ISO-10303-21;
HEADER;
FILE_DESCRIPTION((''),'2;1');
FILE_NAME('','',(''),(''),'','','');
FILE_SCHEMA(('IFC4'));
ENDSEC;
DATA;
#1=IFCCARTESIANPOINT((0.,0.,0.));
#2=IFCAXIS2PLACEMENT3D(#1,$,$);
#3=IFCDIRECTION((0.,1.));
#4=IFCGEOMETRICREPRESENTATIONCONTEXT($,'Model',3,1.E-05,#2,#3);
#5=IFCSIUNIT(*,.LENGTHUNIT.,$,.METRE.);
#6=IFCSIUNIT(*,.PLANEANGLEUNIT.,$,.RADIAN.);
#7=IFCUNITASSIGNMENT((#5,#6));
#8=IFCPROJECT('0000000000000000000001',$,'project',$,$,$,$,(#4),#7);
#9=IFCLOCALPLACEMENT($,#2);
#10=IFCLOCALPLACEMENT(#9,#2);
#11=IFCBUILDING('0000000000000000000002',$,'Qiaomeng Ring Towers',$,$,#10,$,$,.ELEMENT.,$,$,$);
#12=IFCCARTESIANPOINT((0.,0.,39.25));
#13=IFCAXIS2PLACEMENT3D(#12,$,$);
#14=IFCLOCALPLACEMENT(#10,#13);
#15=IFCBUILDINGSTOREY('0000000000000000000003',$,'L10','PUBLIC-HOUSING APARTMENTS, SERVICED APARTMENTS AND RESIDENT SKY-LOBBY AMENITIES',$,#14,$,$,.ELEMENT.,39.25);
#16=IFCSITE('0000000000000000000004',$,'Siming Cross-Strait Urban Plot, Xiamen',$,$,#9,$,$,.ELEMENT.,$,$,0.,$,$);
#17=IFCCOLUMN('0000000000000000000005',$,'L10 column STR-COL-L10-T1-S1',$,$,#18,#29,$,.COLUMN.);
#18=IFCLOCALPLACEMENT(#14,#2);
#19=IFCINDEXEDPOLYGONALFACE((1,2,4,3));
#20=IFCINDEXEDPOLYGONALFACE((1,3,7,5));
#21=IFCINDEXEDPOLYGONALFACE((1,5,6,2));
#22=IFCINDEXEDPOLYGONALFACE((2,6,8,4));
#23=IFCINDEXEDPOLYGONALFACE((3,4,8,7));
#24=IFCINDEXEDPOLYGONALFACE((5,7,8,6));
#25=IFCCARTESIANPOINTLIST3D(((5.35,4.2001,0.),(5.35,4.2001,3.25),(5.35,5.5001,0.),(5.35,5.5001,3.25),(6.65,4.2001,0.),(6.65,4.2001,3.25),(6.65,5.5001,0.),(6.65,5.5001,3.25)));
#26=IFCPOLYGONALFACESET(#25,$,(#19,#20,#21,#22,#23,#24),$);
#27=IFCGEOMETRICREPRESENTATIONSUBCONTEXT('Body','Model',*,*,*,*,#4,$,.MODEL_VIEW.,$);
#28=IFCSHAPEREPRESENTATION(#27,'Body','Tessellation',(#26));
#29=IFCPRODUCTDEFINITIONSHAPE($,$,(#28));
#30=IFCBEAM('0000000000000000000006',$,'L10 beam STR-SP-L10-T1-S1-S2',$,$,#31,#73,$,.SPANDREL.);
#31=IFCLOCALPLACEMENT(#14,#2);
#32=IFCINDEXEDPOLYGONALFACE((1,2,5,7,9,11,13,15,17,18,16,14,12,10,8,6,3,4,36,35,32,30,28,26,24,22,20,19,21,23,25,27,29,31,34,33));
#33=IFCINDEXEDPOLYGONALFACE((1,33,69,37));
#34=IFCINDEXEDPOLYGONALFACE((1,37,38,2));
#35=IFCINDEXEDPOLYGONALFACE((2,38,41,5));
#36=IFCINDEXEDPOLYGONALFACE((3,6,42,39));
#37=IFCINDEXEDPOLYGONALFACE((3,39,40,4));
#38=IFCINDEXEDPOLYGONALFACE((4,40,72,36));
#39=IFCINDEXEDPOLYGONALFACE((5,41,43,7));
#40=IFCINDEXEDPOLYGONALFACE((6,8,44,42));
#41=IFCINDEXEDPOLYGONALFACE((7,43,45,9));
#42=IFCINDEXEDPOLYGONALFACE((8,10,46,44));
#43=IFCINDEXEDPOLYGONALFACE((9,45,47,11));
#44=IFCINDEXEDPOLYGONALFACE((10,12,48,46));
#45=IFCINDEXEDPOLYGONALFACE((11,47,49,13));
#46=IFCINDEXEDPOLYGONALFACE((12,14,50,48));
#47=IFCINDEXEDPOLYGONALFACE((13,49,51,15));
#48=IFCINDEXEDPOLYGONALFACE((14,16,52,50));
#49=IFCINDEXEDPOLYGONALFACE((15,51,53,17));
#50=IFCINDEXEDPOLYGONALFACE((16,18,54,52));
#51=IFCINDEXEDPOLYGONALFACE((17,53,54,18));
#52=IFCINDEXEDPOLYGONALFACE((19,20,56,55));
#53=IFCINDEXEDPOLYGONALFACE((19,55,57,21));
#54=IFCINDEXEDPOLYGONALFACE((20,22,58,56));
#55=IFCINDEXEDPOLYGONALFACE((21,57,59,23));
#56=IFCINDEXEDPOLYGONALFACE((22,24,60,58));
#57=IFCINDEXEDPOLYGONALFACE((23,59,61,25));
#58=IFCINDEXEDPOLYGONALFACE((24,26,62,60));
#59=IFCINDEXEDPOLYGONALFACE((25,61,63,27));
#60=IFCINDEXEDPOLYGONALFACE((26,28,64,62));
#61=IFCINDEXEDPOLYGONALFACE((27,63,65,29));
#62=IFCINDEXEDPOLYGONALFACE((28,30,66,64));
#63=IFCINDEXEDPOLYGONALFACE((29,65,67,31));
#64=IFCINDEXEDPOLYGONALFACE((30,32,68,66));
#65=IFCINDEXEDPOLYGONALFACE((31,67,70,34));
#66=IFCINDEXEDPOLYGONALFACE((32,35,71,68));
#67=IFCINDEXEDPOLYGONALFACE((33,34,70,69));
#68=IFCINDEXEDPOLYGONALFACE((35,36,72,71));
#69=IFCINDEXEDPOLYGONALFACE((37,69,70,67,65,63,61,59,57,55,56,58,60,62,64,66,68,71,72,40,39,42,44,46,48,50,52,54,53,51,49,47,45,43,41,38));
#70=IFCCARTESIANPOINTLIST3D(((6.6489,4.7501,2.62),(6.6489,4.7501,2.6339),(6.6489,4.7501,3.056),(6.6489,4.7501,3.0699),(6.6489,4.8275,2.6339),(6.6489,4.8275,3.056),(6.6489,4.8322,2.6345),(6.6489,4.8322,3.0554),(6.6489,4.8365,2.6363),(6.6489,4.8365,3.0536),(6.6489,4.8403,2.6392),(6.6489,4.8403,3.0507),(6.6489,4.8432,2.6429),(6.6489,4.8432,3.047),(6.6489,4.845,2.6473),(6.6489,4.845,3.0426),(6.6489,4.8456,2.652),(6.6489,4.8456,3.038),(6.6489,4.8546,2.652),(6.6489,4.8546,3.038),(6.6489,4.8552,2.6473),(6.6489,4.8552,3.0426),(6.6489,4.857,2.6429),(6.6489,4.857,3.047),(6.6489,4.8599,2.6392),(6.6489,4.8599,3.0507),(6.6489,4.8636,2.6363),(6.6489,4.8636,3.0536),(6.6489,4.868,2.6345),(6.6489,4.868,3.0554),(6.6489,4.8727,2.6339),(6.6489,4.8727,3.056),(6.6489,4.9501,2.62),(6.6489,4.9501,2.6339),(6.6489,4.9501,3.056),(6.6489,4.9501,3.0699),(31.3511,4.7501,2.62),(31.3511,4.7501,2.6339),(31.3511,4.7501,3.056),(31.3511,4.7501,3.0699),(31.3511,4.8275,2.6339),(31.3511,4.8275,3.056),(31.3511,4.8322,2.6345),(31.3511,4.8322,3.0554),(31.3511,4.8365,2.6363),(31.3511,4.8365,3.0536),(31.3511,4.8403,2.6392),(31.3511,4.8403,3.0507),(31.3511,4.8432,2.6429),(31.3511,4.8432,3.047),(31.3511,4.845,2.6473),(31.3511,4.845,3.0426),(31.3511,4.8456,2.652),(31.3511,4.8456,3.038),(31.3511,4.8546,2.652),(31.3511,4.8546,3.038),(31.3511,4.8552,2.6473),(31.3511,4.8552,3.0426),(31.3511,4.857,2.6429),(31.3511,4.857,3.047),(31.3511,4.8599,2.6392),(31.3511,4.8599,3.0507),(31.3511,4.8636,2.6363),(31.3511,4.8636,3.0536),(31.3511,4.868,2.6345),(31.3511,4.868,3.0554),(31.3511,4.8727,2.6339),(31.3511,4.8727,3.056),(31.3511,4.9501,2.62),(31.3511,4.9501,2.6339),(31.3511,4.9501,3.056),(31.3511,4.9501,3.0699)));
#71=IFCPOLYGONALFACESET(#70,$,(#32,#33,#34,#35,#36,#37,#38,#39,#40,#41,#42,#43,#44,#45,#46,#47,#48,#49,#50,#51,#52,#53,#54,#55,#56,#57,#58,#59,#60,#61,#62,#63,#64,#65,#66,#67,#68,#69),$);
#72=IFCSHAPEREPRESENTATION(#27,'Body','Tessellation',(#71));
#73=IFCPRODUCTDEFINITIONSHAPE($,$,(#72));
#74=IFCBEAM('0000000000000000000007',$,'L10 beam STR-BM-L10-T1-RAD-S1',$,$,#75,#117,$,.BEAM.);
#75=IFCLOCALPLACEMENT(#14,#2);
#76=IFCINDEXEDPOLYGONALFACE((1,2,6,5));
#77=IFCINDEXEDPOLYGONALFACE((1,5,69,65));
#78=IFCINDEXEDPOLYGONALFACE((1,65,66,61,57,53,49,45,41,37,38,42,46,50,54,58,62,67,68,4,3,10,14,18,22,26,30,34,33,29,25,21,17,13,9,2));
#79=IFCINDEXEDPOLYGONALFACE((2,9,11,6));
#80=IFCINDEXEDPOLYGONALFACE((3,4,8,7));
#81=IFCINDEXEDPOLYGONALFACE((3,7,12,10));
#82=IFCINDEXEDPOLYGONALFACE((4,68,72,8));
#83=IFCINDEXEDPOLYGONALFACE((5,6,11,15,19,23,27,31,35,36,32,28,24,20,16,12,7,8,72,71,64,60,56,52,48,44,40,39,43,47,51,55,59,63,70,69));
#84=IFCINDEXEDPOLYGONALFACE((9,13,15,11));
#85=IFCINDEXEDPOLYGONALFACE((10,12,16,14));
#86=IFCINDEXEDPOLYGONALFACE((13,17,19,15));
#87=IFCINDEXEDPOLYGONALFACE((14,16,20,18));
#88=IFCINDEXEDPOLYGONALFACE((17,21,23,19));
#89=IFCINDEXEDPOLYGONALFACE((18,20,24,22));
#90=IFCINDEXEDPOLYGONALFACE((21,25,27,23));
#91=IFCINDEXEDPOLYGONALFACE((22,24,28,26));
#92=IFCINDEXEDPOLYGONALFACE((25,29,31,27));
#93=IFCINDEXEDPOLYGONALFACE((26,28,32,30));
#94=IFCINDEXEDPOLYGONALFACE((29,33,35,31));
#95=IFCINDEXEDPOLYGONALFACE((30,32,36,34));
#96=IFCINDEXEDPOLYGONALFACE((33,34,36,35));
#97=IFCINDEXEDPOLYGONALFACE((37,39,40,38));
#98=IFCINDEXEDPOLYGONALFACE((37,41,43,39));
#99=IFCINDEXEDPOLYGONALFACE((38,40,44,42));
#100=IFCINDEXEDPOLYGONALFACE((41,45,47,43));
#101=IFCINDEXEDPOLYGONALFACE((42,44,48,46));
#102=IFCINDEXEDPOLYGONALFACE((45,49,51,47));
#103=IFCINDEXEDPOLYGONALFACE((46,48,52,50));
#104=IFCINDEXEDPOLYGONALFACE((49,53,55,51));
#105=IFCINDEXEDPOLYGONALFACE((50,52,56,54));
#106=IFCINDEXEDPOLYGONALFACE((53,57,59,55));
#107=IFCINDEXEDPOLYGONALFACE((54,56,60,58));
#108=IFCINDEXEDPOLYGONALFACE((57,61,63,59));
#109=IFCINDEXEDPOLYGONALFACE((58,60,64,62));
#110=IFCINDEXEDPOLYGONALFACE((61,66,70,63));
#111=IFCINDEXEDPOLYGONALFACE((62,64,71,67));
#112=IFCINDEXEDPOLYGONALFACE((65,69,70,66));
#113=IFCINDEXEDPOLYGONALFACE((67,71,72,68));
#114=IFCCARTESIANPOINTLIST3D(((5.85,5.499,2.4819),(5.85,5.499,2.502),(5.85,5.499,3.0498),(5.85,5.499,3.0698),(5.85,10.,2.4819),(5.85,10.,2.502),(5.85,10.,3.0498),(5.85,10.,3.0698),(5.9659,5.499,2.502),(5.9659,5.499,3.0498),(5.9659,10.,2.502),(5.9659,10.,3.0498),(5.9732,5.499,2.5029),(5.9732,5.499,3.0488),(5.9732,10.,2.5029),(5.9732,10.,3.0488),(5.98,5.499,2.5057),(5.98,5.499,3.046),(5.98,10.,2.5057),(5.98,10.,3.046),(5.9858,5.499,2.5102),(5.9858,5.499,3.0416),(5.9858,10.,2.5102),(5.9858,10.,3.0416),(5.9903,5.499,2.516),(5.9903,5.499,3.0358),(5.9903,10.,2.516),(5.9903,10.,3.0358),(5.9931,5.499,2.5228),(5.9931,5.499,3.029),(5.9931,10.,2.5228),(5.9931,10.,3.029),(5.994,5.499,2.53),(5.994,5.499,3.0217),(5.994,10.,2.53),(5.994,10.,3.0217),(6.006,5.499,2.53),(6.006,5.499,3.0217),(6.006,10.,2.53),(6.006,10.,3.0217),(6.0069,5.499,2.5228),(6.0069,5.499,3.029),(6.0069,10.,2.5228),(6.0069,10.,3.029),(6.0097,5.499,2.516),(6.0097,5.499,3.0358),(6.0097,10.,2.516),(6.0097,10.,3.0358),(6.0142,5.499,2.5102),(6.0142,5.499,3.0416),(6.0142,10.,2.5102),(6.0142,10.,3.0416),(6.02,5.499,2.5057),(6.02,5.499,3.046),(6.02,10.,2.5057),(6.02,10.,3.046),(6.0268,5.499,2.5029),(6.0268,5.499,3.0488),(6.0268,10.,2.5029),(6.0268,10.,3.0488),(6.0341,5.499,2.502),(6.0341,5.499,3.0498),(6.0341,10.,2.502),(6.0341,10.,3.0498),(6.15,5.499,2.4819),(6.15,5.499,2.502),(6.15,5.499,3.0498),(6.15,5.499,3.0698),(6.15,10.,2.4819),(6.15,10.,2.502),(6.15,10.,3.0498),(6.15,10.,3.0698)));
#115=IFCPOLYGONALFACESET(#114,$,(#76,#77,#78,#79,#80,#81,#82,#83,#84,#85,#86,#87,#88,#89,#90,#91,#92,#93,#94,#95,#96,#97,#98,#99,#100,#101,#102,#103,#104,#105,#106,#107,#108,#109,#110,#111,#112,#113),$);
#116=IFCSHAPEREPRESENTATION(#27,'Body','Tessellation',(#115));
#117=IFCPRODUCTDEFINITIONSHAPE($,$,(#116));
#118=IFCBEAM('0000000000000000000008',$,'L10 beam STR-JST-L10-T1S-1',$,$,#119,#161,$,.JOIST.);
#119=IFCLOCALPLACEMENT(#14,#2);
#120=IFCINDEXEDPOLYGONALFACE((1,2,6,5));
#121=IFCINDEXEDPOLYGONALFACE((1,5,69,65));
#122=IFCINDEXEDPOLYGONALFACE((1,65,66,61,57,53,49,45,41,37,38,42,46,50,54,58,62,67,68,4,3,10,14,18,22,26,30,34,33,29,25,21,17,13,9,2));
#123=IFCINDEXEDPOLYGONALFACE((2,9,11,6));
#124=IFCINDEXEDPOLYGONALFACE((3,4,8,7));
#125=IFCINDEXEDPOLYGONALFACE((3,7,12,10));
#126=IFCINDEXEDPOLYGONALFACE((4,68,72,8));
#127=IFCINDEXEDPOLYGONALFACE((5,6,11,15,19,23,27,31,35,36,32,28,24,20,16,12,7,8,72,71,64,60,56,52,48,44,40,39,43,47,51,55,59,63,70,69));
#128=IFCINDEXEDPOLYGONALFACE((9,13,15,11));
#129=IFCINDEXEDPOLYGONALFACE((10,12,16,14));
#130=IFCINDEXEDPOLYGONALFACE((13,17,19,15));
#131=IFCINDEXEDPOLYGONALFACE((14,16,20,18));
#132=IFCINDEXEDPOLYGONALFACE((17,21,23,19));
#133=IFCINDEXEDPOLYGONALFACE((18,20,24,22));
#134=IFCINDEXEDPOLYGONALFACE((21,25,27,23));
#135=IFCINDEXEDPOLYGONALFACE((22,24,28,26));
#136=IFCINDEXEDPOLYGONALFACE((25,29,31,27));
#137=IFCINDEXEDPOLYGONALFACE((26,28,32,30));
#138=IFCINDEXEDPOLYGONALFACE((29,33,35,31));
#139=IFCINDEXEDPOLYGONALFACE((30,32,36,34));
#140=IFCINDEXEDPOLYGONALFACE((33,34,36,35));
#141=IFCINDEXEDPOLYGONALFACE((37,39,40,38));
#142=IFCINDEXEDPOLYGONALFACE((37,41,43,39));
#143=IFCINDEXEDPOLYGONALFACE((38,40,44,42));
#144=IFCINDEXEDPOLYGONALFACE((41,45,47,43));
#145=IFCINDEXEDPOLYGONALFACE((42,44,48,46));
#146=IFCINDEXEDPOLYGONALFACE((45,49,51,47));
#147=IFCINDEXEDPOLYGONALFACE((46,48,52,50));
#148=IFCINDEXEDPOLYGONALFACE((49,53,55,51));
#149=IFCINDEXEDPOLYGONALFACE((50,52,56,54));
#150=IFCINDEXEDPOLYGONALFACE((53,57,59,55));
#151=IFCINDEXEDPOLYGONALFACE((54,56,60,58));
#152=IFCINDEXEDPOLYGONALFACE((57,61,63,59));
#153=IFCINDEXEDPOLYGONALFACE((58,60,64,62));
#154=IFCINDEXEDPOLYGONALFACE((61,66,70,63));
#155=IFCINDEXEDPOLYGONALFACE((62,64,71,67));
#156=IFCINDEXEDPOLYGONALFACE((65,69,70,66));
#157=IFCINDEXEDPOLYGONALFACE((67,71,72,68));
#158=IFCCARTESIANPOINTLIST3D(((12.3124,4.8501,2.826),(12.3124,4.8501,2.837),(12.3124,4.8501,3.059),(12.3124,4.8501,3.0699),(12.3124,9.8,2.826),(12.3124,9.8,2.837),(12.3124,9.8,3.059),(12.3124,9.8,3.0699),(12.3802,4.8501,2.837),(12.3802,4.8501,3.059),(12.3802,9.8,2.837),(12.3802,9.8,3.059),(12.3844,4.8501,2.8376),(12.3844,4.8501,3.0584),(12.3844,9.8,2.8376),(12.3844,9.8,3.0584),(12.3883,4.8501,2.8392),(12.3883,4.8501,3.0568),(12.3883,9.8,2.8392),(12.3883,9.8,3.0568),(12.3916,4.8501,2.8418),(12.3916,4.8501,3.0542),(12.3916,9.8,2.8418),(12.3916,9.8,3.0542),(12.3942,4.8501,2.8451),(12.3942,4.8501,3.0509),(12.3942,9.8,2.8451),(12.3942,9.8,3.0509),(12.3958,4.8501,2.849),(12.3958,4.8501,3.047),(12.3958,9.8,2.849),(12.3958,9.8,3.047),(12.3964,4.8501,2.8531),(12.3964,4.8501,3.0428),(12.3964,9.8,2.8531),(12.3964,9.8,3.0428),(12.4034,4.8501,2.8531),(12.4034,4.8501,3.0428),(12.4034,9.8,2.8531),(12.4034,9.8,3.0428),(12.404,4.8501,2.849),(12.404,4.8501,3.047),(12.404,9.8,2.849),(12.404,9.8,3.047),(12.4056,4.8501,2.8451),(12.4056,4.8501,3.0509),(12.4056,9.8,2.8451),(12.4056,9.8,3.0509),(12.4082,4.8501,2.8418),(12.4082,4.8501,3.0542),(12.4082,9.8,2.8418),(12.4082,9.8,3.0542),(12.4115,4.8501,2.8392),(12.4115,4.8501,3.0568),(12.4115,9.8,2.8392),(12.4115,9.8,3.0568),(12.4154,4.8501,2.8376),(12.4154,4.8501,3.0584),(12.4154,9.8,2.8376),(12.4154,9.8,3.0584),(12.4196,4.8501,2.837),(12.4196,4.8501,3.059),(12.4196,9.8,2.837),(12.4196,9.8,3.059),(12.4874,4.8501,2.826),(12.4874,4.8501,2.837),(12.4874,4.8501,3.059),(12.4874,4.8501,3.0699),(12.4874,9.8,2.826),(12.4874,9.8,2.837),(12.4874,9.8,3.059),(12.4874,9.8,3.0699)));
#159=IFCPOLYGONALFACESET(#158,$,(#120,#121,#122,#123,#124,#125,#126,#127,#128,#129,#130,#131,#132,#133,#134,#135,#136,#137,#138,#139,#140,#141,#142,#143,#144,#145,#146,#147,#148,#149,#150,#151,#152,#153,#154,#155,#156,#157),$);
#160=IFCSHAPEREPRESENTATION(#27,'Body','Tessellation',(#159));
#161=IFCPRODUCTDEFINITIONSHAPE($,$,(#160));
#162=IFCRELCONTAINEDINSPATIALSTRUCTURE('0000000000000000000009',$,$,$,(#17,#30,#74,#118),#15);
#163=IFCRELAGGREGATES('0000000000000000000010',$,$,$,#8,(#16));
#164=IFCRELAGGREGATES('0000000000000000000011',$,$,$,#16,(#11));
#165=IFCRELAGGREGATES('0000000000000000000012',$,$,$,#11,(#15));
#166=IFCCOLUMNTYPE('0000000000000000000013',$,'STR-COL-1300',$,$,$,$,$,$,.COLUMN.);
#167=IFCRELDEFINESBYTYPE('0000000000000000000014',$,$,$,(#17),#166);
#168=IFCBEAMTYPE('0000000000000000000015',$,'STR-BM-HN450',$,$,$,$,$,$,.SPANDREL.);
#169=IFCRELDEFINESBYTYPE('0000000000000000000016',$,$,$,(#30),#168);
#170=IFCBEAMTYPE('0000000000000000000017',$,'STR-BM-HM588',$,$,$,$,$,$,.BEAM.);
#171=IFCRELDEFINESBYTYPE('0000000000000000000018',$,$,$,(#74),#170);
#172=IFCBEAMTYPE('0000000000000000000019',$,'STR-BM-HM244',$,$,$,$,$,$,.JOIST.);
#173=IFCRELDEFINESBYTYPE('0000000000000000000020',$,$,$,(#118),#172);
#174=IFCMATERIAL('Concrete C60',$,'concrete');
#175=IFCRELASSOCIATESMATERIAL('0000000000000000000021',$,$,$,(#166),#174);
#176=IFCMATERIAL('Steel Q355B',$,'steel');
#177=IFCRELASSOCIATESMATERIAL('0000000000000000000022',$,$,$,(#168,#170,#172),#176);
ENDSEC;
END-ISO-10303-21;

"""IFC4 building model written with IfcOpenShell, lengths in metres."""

from ifc_helpers import new_model, si_unit, direction, frame, origin, origin_2d, place, context, subcontext, project, spatial, rectangle, i_section, extrude, source, transform, mapped, material, material_profile, profile_set, type_object, element, save


model = new_model("IFC4")

# Units and contexts
model_context = context("Model", 3, precision=1e-05, world=origin(), true_north=direction((0.0, 1.0)))
body_context = subcontext(model_context, "Body", "Model", "MODEL_VIEW")
ifc_project = project(units=[si_unit("LENGTHUNIT", "METRE"), si_unit("PLANEANGLEUNIT", "RADIAN")], contexts=[model_context])

# Site, building, storey
site_placement = place(None, origin())
site = spatial("IfcSite", under=ifc_project, at=site_placement, Name="Siming Cross-Strait Urban Plot, Xiamen", CompositionType="ELEMENT", RefElevation=0.0)
building_placement = place(site_placement, origin())
building = spatial("IfcBuilding", under=site, at=building_placement, Name="Qiaomeng Ring Towers", CompositionType="ELEMENT")
storey_placement = place(building_placement, frame((0.0, 0.0, 39.25)))
storey = spatial("IfcBuildingStorey", under=building, at=storey_placement, Name="L10", Description="PUBLIC-HOUSING APARTMENTS, SERVICED APARTMENTS AND RESIDENT SKY-LOBBY AMENITIES", CompositionType="ELEMENT", Elevation=39.25)

# Column
ifc_material_1 = material(Name="Concrete C60", Category="concrete")
ifc_material_profile_1 = material_profile(ifc_material_1, rectangle(XDim=1.3, YDim=1.3, at=origin_2d()), Name="RC COL 1300x1300")
ifc_profile_set_1 = profile_set([ifc_material_profile_1], Name="Concrete C60")
column_type = type_object("IfcColumnType", Name="STR-COL-1300", PredefinedType="COLUMN", material=ifc_profile_set_1)
shared_shape_1 = source(origin(), body_context, "Body", "SweptSolid", [
    extrude(rectangle(XDim=1.3, YDim=1.3, at=origin_2d()), origin(), (0.0, 0.0, 1.0), 3.25),
])
column_placement = place(storey_placement, frame((6.0, 4.8501, 0.0), z_axis=(0.0, 0.0, 1.0), x_axis=(1.0, 0.0, 0.0)))
element("IfcColumn", 1, at=column_placement, inside=storey, type_object=column_type, Name="L10 column STR-COL-L10-T1-S1", PredefinedType="COLUMN", context=body_context, shape_type="MappedRepresentation", body=[
    mapped(shared_shape_1, transform((0.0, 0.0, 0.0), x_axis=(1.0, 0.0, 0.0), y_axis=(0.0, 1.0, 0.0), z_axis=(0.0, 0.0, 1.0), scale=1.0)),
])

# Beams
ifc_material_2 = material(Name="Steel Q355B", Category="steel")
ifc_material_profile_2 = material_profile(ifc_material_2, i_section(OverallWidth=0.2, OverallDepth=0.45, WebThickness=0.009, FlangeThickness=0.0139, FilletRadius=0.0181, at=origin_2d()), Name="HN 450x200x9x14")
ifc_profile_set_2 = profile_set([ifc_material_profile_2], Name="Steel Q355B")
beam_type_1 = type_object("IfcBeamType", Name="STR-BM-HN450", PredefinedType="SPANDREL", material=ifc_profile_set_2)
shared_shape_2 = source(origin(), body_context, "Body", "SweptSolid", [
    extrude(i_section(OverallWidth=0.2, OverallDepth=0.45, WebThickness=0.009, FlangeThickness=0.0139, FilletRadius=0.0181, at=origin_2d()), origin(), (0.0, 0.0, 1.0), 24.7021),
])
beam_1_placement = place(storey_placement, frame((6.6489, 4.8501, 2.845), z_axis=(1.0, 0.0, 0.0), x_axis=(0.0, 1.0, 0.0)))
element("IfcBeam", 2, at=beam_1_placement, inside=storey, type_object=beam_type_1, Name="L10 beam STR-SP-L10-T1-S1-S2", PredefinedType="SPANDREL", context=body_context, shape_type="MappedRepresentation", body=[
    mapped(shared_shape_2, transform((0.0, 0.0, 0.0), x_axis=(1.0, 0.0, 0.0), y_axis=(0.0, 1.0, 0.0), z_axis=(0.0, 0.0, 1.0), scale=1.0)),
])
ifc_material_profile_3 = material_profile(ifc_material_2, i_section(OverallWidth=0.3, OverallDepth=0.5879, WebThickness=0.012, FlangeThickness=0.02, FilletRadius=0.0281, at=origin_2d()), Name="HM 588x300x12x20")
ifc_profile_set_3 = profile_set([ifc_material_profile_3], Name="Steel Q355B")
beam_type_2 = type_object("IfcBeamType", Name="STR-BM-HM588", PredefinedType="BEAM", material=ifc_profile_set_3)
shared_shape_3 = source(origin(), body_context, "Body", "SweptSolid", [
    extrude(i_section(OverallWidth=0.3, OverallDepth=0.5879, WebThickness=0.012, FlangeThickness=0.02, FilletRadius=0.0281, at=origin_2d()), origin(), (0.0, 0.0, 1.0), 4.501),
])
beam_2_placement = place(storey_placement, frame((6.0, 5.499, 2.7759), z_axis=(0.0, 1.0, 0.0), x_axis=(-1.0, 0.0, 0.0)))
element("IfcBeam", 3, at=beam_2_placement, inside=storey, type_object=beam_type_2, Name="L10 beam STR-BM-L10-T1-RAD-S1", PredefinedType="BEAM", context=body_context, shape_type="MappedRepresentation", body=[
    mapped(shared_shape_3, transform((0.0, 0.0, 0.0), x_axis=(1.0, 0.0, 0.0), y_axis=(0.0, 1.0, 0.0), z_axis=(0.0, 0.0, 1.0), scale=1.0)),
])
ifc_material_profile_4 = material_profile(ifc_material_2, i_section(OverallWidth=0.175, OverallDepth=0.2439, WebThickness=0.0071, FlangeThickness=0.011, FilletRadius=0.0161, at=origin_2d()), Name="HM 244x175x7x11")
ifc_profile_set_4 = profile_set([ifc_material_profile_4], Name="Steel Q355B")
beam_type_3 = type_object("IfcBeamType", Name="STR-BM-HM244", PredefinedType="JOIST", material=ifc_profile_set_4)
shared_shape_4 = source(origin(), body_context, "Body", "SweptSolid", [
    extrude(i_section(OverallWidth=0.175, OverallDepth=0.2439, WebThickness=0.0071, FlangeThickness=0.011, FilletRadius=0.0161, at=origin_2d()), origin(), (0.0, 0.0, 1.0), 4.95),
])
beam_3_placement = place(storey_placement, frame((12.3999, 4.8501, 2.948), z_axis=(0.0, 1.0, 0.0), x_axis=(-1.0, 0.0, 0.0)))
element("IfcBeam", 4, at=beam_3_placement, inside=storey, type_object=beam_type_3, Name="L10 beam STR-JST-L10-T1S-1", PredefinedType="JOIST", context=body_context, shape_type="MappedRepresentation", body=[
    mapped(shared_shape_4, transform((0.0, 0.0, 0.0), x_axis=(1.0, 0.0, 0.0), y_axis=(0.0, 1.0, 0.0), z_axis=(0.0, 0.0, 1.0), scale=1.0)),
])

save(model, "model.ifc")
